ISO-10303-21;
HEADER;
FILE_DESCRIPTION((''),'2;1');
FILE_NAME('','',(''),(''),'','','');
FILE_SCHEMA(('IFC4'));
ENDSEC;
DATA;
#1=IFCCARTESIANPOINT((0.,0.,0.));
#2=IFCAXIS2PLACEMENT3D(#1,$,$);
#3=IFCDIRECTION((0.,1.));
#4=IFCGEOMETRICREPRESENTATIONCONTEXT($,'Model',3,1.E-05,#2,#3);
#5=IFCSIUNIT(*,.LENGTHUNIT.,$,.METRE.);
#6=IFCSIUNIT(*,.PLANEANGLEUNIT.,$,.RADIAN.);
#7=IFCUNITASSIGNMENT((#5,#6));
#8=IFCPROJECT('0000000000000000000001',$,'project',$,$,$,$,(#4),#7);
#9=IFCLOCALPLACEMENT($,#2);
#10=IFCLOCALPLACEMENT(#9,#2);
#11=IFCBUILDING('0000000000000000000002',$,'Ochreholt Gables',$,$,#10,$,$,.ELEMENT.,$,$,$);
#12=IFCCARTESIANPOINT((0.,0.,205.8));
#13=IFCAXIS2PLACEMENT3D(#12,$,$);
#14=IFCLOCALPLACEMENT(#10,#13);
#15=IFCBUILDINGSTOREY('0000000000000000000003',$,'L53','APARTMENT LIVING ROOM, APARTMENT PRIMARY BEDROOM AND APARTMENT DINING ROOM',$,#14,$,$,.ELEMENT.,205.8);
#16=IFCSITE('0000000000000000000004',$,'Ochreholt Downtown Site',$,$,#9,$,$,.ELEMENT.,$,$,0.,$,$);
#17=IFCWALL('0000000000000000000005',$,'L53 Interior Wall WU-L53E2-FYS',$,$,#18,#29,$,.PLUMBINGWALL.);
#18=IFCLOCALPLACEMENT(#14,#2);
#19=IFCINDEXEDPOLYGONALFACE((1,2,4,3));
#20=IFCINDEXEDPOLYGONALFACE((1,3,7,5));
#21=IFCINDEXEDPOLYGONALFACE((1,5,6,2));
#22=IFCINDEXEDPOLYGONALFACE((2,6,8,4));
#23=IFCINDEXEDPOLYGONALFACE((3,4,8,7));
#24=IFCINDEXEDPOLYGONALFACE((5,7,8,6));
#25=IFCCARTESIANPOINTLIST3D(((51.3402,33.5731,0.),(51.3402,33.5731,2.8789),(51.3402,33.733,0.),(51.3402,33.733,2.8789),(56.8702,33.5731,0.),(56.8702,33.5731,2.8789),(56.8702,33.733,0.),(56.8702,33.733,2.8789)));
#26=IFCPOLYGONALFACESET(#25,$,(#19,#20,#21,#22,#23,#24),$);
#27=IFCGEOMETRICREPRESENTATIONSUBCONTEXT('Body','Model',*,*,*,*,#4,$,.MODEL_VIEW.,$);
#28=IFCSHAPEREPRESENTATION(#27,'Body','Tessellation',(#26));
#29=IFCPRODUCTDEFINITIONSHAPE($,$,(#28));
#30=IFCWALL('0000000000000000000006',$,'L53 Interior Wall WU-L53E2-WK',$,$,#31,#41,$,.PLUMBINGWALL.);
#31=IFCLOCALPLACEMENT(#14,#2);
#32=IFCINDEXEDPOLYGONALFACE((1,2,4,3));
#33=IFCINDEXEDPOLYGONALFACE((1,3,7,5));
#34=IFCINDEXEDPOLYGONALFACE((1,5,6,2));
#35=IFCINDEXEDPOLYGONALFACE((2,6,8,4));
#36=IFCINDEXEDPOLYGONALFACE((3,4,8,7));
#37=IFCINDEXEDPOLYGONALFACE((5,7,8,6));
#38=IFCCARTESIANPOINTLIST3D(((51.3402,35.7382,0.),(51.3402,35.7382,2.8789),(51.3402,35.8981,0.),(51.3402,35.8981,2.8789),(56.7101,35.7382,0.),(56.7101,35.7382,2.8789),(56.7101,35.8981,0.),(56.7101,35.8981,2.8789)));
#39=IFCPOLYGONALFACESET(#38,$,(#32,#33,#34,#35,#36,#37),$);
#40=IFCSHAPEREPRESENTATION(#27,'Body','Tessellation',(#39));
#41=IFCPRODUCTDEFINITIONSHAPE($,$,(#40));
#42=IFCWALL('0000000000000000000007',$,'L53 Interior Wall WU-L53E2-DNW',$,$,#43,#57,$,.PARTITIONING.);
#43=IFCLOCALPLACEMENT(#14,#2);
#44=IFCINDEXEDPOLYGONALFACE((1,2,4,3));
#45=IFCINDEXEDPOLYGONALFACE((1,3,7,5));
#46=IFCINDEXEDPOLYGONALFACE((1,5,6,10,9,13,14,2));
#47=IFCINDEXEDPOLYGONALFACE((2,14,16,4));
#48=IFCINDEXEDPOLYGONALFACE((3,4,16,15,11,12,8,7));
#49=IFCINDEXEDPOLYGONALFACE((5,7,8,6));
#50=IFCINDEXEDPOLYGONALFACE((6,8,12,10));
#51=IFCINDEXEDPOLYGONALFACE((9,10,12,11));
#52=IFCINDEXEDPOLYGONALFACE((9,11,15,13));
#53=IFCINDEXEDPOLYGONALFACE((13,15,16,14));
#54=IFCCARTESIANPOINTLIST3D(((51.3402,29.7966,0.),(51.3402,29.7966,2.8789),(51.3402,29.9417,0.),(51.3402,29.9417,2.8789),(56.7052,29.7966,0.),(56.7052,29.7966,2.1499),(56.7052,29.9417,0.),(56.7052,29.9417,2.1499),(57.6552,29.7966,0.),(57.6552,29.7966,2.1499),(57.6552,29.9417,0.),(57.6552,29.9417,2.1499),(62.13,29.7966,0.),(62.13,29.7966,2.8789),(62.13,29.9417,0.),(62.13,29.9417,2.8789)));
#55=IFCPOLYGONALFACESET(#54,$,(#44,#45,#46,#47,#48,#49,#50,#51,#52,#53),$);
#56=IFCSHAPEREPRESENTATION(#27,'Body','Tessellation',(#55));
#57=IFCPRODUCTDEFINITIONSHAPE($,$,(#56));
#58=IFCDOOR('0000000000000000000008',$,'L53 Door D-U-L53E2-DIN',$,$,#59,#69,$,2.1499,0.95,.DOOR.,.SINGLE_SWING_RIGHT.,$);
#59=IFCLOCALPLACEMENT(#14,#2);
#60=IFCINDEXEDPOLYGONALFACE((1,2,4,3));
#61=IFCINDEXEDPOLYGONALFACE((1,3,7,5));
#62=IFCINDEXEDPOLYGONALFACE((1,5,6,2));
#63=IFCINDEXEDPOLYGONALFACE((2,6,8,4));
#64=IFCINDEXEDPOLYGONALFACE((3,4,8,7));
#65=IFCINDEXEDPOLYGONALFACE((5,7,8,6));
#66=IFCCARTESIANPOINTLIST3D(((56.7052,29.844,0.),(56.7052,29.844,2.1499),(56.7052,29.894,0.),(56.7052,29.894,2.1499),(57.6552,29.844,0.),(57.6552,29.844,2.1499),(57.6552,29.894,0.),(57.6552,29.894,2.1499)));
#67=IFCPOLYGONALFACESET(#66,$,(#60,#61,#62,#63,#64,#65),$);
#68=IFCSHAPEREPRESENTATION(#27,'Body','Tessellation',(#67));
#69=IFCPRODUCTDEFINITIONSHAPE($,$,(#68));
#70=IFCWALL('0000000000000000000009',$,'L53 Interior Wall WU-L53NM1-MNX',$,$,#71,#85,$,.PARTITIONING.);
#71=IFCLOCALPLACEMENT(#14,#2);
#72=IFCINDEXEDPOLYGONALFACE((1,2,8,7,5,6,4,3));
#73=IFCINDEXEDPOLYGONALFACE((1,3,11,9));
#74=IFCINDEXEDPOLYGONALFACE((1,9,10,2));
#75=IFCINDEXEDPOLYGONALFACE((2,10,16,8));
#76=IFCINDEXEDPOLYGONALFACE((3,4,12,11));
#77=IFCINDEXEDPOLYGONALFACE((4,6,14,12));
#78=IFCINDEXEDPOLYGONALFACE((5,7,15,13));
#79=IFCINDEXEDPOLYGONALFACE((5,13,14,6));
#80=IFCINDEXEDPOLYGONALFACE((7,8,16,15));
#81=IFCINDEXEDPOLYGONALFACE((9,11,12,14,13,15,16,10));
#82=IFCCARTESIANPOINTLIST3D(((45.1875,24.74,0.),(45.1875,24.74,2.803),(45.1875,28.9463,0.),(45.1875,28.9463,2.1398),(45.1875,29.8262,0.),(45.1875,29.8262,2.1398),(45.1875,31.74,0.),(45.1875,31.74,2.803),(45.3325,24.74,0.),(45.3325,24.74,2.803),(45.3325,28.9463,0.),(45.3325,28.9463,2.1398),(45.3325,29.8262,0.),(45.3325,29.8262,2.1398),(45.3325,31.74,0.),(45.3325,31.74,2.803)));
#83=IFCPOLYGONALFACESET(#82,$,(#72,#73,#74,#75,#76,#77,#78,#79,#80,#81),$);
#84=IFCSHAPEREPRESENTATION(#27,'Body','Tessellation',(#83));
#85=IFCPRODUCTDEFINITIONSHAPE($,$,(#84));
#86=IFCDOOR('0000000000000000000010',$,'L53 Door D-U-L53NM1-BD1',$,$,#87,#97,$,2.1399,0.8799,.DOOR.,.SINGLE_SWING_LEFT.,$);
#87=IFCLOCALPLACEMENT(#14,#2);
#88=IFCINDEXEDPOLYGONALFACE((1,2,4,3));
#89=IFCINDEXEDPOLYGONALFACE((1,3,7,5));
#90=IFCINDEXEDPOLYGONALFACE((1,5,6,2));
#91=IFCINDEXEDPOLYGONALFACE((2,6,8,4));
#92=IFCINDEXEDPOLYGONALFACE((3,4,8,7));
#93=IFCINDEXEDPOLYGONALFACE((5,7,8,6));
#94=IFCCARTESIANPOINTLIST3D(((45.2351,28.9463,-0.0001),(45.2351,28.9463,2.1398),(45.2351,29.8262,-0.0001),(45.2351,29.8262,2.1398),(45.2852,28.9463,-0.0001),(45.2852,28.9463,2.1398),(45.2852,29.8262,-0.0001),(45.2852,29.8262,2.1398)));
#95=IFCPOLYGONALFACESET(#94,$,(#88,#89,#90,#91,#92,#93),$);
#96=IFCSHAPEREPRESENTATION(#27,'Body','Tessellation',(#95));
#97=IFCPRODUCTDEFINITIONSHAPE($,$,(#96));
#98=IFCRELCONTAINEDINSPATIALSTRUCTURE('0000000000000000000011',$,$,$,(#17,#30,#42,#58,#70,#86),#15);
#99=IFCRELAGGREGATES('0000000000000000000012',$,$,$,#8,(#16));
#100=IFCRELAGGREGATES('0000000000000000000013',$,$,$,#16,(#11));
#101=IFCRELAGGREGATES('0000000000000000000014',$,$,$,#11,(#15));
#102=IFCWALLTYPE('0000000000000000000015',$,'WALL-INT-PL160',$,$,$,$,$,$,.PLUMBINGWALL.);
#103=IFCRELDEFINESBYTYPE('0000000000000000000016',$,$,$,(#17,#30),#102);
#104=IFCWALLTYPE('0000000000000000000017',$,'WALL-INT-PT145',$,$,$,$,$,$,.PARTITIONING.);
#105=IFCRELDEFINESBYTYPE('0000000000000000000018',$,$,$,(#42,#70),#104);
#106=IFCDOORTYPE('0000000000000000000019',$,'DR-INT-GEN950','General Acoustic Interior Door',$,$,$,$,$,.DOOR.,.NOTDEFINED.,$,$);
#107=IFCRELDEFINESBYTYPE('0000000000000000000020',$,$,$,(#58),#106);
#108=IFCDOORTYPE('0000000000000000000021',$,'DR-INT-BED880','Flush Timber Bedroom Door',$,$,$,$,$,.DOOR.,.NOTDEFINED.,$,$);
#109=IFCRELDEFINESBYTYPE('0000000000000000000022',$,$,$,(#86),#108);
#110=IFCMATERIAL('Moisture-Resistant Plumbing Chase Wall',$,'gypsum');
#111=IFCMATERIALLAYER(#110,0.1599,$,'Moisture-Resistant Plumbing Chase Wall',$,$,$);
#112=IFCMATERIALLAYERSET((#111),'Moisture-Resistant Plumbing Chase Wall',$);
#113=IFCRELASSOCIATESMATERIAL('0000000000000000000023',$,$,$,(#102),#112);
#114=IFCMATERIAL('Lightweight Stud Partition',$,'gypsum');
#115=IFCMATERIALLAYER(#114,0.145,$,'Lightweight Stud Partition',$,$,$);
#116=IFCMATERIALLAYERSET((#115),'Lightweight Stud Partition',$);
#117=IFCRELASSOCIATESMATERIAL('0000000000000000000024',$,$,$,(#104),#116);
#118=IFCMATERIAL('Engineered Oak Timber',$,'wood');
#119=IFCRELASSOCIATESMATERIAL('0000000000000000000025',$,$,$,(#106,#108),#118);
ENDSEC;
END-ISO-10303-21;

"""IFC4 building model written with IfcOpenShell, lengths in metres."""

from ifc_helpers import new_model, si_unit, direction, frame, frame_2d, origin, place, context, subcontext, project, spatial, rectangle, extrude, material, layer, layer_set, type_object, element, fill, save


model = new_model("IFC4")

# Units and contexts
model_context = context("Model", 3, precision=1e-05, world=origin(), true_north=direction((0.0, 1.0)))
body_context = subcontext(model_context, "Body", "Model", "MODEL_VIEW")
ifc_project = project(units=[si_unit("LENGTHUNIT", "METRE"), si_unit("PLANEANGLEUNIT", "RADIAN")], contexts=[model_context])

# Site, building, storey
site_placement = place(None, origin())
site = spatial("IfcSite", under=ifc_project, at=site_placement, Name="Ochreholt Downtown Site", CompositionType="ELEMENT", RefElevation=0.0)
building_placement = place(site_placement, origin())
building = spatial("IfcBuilding", under=site, at=building_placement, Name="Ochreholt Gables", CompositionType="ELEMENT")
storey_placement = place(building_placement, frame((0.0, 0.0, 205.8)))
storey = spatial("IfcBuildingStorey", under=building, at=storey_placement, Name="L53", Description="APARTMENT LIVING ROOM, APARTMENT PRIMARY BEDROOM AND APARTMENT DINING ROOM", CompositionType="ELEMENT", Elevation=205.8)

# Shared definitions
ifc_material_1 = material(Name="Engineered Oak Timber", Category="wood")

# Wall
ifc_material_2 = material(Name="Moisture-Resistant Plumbing Chase Wall", Category="gypsum")
ifc_layer_1 = layer(ifc_material_2, 0.1599, Name="Moisture-Resistant Plumbing Chase Wall")
ifc_layer_set_1 = layer_set([ifc_layer_1], Name="Moisture-Resistant Plumbing Chase Wall")
wall_type_1 = type_object("IfcWallType", Name="WALL-INT-PL160", PredefinedType="PLUMBINGWALL", material=ifc_layer_set_1)
wall_1_placement = place(storey_placement, frame((51.3401, 33.6531, 0.0), z_axis=(0.0, 0.0, 1.0), x_axis=(1.0, 0.0, 0.0)))
element("IfcWall", 1, at=wall_1_placement, inside=storey, type_object=wall_type_1, Name="L53 Interior Wall WU-L53E2-FYS", PredefinedType="PLUMBINGWALL", context=body_context, shape_type="SweptSolid", body=[
    extrude(rectangle(XDim=5.53, YDim=0.1599, at=frame_2d((2.7651, 0.0))), origin(), (0.0, 0.0, 1.0), 2.8789),
])

# Wall
wall_2_placement = place(storey_placement, frame((51.3401, 35.8181, 0.0), z_axis=(0.0, 0.0, 1.0), x_axis=(1.0, 0.0, 0.0)))
element("IfcWall", 2, at=wall_2_placement, inside=storey, type_object=wall_type_1, Name="L53 Interior Wall WU-L53E2-WK", PredefinedType="PLUMBINGWALL", context=body_context, shape_type="SweptSolid", body=[
    extrude(rectangle(XDim=5.3699, YDim=0.1599, at=frame_2d((2.6851, 0.0))), origin(), (0.0, 0.0, 1.0), 2.8789),
])

# Walls, openings, doors
ifc_material_3 = material(Name="Lightweight Stud Partition", Category="gypsum")
ifc_layer_2 = layer(ifc_material_3, 0.145, Name="Lightweight Stud Partition")
ifc_layer_set_2 = layer_set([ifc_layer_2], Name="Lightweight Stud Partition")
wall_type_2 = type_object("IfcWallType", Name="WALL-INT-PT145", PredefinedType="PARTITIONING", material=ifc_layer_set_2)
wall_3_placement = place(storey_placement, frame((51.3401, 29.8691, 0.0), z_axis=(0.0, 0.0, 1.0), x_axis=(1.0, 0.0, 0.0)))
wall_3 = element("IfcWall", 3, at=wall_3_placement, inside=storey, type_object=wall_type_2, Name="L53 Interior Wall WU-L53E2-DNW", PredefinedType="PARTITIONING", context=body_context, shape_type="SweptSolid", body=[
    extrude(rectangle(XDim=10.7898, YDim=0.145, at=frame_2d((5.395, 0.0))), origin(), (0.0, 0.0, 1.0), 2.8789),
])
opening_1_placement = place(wall_3_placement, frame((5.365, 0.0, 0.0)))
opening_1 = element("IfcOpeningElement", 4, at=opening_1_placement, cuts=wall_3, PredefinedType="OPENING", context=body_context, shape_type="SweptSolid", body=[
    extrude(rectangle(XDim=0.95, YDim=2.1499, at=frame_2d((0.4751, 1.075))), frame((0.0, 0.0825, 0.0), z_axis=(0.0, -1.0, 0.0), x_axis=(1.0, 0.0, 0.0)), (0.0, 0.0, 1.0), 0.165),
])
door_type_1 = type_object("IfcDoorType", Name="DR-INT-GEN950", Description="General Acoustic Interior Door", OperationType="NOTDEFINED", PredefinedType="DOOR", material=ifc_material_1)
door_1_placement = place(opening_1_placement, origin())
door_1 = element("IfcDoor", 5, at=door_1_placement, inside=storey, type_object=door_type_1, Name="L53 Door D-U-L53E2-DIN", OperationType="SINGLE_SWING_RIGHT", OverallHeight=2.1499, OverallWidth=0.95, PredefinedType="DOOR", context=body_context, shape_type="SweptSolid", body=[
    extrude(rectangle(XDim=0.95, YDim=2.1499, at=frame_2d((0.4751, 1.075))), frame((0.0, 0.0249, 0.0), z_axis=(0.0, -1.0, 0.0), x_axis=(1.0, 0.0, 0.0)), (0.0, 0.0, 1.0), 0.05),
])
fill(opening_1, door_1)
wall_4_placement = place(storey_placement, frame((45.26, 24.74, 0.0), z_axis=(0.0, 0.0, 1.0), x_axis=(0.0, 1.0, 0.0)))
wall_4 = element("IfcWall", 6, at=wall_4_placement, inside=storey, type_object=wall_type_2, Name="L53 Interior Wall WU-L53NM1-MNX", PredefinedType="PARTITIONING", context=body_context, shape_type="SweptSolid", body=[
    extrude(rectangle(XDim=7.0, YDim=0.145, at=frame_2d((3.5, 0.0))), origin(), (0.0, 0.0, 1.0), 2.803),
])
opening_2_placement = place(wall_4_placement, frame((4.2063, 0.0, 0.0)))
opening_2 = element("IfcOpeningElement", 7, at=opening_2_placement, cuts=wall_4, PredefinedType="OPENING", context=body_context, shape_type="SweptSolid", body=[
    extrude(rectangle(XDim=0.8799, YDim=2.1399, at=frame_2d((0.4399, 1.0698))), frame((0.0, 0.0825, 0.0), z_axis=(0.0, -1.0, 0.0), x_axis=(1.0, 0.0, 0.0)), (0.0, 0.0, 1.0), 0.165),
])
door_type_2 = type_object("IfcDoorType", Name="DR-INT-BED880", Description="Flush Timber Bedroom Door", OperationType="NOTDEFINED", PredefinedType="DOOR", material=ifc_material_1)
door_2_placement = place(opening_2_placement, origin())
door_2 = element("IfcDoor", 8, at=door_2_placement, inside=storey, type_object=door_type_2, Name="L53 Door D-U-L53NM1-BD1", OperationType="SINGLE_SWING_LEFT", OverallHeight=2.1399, OverallWidth=0.8799, PredefinedType="DOOR", context=body_context, shape_type="SweptSolid", body=[
    extrude(rectangle(XDim=0.8799, YDim=2.1399, at=frame_2d((0.4399, 1.0698))), frame((0.0, 0.0249, 0.0), z_axis=(0.0, -1.0, 0.0), x_axis=(1.0, 0.0, 0.0)), (0.0, 0.0, 1.0), 0.05),
])
fill(opening_2, door_2)

save(model, "model.ifc")
